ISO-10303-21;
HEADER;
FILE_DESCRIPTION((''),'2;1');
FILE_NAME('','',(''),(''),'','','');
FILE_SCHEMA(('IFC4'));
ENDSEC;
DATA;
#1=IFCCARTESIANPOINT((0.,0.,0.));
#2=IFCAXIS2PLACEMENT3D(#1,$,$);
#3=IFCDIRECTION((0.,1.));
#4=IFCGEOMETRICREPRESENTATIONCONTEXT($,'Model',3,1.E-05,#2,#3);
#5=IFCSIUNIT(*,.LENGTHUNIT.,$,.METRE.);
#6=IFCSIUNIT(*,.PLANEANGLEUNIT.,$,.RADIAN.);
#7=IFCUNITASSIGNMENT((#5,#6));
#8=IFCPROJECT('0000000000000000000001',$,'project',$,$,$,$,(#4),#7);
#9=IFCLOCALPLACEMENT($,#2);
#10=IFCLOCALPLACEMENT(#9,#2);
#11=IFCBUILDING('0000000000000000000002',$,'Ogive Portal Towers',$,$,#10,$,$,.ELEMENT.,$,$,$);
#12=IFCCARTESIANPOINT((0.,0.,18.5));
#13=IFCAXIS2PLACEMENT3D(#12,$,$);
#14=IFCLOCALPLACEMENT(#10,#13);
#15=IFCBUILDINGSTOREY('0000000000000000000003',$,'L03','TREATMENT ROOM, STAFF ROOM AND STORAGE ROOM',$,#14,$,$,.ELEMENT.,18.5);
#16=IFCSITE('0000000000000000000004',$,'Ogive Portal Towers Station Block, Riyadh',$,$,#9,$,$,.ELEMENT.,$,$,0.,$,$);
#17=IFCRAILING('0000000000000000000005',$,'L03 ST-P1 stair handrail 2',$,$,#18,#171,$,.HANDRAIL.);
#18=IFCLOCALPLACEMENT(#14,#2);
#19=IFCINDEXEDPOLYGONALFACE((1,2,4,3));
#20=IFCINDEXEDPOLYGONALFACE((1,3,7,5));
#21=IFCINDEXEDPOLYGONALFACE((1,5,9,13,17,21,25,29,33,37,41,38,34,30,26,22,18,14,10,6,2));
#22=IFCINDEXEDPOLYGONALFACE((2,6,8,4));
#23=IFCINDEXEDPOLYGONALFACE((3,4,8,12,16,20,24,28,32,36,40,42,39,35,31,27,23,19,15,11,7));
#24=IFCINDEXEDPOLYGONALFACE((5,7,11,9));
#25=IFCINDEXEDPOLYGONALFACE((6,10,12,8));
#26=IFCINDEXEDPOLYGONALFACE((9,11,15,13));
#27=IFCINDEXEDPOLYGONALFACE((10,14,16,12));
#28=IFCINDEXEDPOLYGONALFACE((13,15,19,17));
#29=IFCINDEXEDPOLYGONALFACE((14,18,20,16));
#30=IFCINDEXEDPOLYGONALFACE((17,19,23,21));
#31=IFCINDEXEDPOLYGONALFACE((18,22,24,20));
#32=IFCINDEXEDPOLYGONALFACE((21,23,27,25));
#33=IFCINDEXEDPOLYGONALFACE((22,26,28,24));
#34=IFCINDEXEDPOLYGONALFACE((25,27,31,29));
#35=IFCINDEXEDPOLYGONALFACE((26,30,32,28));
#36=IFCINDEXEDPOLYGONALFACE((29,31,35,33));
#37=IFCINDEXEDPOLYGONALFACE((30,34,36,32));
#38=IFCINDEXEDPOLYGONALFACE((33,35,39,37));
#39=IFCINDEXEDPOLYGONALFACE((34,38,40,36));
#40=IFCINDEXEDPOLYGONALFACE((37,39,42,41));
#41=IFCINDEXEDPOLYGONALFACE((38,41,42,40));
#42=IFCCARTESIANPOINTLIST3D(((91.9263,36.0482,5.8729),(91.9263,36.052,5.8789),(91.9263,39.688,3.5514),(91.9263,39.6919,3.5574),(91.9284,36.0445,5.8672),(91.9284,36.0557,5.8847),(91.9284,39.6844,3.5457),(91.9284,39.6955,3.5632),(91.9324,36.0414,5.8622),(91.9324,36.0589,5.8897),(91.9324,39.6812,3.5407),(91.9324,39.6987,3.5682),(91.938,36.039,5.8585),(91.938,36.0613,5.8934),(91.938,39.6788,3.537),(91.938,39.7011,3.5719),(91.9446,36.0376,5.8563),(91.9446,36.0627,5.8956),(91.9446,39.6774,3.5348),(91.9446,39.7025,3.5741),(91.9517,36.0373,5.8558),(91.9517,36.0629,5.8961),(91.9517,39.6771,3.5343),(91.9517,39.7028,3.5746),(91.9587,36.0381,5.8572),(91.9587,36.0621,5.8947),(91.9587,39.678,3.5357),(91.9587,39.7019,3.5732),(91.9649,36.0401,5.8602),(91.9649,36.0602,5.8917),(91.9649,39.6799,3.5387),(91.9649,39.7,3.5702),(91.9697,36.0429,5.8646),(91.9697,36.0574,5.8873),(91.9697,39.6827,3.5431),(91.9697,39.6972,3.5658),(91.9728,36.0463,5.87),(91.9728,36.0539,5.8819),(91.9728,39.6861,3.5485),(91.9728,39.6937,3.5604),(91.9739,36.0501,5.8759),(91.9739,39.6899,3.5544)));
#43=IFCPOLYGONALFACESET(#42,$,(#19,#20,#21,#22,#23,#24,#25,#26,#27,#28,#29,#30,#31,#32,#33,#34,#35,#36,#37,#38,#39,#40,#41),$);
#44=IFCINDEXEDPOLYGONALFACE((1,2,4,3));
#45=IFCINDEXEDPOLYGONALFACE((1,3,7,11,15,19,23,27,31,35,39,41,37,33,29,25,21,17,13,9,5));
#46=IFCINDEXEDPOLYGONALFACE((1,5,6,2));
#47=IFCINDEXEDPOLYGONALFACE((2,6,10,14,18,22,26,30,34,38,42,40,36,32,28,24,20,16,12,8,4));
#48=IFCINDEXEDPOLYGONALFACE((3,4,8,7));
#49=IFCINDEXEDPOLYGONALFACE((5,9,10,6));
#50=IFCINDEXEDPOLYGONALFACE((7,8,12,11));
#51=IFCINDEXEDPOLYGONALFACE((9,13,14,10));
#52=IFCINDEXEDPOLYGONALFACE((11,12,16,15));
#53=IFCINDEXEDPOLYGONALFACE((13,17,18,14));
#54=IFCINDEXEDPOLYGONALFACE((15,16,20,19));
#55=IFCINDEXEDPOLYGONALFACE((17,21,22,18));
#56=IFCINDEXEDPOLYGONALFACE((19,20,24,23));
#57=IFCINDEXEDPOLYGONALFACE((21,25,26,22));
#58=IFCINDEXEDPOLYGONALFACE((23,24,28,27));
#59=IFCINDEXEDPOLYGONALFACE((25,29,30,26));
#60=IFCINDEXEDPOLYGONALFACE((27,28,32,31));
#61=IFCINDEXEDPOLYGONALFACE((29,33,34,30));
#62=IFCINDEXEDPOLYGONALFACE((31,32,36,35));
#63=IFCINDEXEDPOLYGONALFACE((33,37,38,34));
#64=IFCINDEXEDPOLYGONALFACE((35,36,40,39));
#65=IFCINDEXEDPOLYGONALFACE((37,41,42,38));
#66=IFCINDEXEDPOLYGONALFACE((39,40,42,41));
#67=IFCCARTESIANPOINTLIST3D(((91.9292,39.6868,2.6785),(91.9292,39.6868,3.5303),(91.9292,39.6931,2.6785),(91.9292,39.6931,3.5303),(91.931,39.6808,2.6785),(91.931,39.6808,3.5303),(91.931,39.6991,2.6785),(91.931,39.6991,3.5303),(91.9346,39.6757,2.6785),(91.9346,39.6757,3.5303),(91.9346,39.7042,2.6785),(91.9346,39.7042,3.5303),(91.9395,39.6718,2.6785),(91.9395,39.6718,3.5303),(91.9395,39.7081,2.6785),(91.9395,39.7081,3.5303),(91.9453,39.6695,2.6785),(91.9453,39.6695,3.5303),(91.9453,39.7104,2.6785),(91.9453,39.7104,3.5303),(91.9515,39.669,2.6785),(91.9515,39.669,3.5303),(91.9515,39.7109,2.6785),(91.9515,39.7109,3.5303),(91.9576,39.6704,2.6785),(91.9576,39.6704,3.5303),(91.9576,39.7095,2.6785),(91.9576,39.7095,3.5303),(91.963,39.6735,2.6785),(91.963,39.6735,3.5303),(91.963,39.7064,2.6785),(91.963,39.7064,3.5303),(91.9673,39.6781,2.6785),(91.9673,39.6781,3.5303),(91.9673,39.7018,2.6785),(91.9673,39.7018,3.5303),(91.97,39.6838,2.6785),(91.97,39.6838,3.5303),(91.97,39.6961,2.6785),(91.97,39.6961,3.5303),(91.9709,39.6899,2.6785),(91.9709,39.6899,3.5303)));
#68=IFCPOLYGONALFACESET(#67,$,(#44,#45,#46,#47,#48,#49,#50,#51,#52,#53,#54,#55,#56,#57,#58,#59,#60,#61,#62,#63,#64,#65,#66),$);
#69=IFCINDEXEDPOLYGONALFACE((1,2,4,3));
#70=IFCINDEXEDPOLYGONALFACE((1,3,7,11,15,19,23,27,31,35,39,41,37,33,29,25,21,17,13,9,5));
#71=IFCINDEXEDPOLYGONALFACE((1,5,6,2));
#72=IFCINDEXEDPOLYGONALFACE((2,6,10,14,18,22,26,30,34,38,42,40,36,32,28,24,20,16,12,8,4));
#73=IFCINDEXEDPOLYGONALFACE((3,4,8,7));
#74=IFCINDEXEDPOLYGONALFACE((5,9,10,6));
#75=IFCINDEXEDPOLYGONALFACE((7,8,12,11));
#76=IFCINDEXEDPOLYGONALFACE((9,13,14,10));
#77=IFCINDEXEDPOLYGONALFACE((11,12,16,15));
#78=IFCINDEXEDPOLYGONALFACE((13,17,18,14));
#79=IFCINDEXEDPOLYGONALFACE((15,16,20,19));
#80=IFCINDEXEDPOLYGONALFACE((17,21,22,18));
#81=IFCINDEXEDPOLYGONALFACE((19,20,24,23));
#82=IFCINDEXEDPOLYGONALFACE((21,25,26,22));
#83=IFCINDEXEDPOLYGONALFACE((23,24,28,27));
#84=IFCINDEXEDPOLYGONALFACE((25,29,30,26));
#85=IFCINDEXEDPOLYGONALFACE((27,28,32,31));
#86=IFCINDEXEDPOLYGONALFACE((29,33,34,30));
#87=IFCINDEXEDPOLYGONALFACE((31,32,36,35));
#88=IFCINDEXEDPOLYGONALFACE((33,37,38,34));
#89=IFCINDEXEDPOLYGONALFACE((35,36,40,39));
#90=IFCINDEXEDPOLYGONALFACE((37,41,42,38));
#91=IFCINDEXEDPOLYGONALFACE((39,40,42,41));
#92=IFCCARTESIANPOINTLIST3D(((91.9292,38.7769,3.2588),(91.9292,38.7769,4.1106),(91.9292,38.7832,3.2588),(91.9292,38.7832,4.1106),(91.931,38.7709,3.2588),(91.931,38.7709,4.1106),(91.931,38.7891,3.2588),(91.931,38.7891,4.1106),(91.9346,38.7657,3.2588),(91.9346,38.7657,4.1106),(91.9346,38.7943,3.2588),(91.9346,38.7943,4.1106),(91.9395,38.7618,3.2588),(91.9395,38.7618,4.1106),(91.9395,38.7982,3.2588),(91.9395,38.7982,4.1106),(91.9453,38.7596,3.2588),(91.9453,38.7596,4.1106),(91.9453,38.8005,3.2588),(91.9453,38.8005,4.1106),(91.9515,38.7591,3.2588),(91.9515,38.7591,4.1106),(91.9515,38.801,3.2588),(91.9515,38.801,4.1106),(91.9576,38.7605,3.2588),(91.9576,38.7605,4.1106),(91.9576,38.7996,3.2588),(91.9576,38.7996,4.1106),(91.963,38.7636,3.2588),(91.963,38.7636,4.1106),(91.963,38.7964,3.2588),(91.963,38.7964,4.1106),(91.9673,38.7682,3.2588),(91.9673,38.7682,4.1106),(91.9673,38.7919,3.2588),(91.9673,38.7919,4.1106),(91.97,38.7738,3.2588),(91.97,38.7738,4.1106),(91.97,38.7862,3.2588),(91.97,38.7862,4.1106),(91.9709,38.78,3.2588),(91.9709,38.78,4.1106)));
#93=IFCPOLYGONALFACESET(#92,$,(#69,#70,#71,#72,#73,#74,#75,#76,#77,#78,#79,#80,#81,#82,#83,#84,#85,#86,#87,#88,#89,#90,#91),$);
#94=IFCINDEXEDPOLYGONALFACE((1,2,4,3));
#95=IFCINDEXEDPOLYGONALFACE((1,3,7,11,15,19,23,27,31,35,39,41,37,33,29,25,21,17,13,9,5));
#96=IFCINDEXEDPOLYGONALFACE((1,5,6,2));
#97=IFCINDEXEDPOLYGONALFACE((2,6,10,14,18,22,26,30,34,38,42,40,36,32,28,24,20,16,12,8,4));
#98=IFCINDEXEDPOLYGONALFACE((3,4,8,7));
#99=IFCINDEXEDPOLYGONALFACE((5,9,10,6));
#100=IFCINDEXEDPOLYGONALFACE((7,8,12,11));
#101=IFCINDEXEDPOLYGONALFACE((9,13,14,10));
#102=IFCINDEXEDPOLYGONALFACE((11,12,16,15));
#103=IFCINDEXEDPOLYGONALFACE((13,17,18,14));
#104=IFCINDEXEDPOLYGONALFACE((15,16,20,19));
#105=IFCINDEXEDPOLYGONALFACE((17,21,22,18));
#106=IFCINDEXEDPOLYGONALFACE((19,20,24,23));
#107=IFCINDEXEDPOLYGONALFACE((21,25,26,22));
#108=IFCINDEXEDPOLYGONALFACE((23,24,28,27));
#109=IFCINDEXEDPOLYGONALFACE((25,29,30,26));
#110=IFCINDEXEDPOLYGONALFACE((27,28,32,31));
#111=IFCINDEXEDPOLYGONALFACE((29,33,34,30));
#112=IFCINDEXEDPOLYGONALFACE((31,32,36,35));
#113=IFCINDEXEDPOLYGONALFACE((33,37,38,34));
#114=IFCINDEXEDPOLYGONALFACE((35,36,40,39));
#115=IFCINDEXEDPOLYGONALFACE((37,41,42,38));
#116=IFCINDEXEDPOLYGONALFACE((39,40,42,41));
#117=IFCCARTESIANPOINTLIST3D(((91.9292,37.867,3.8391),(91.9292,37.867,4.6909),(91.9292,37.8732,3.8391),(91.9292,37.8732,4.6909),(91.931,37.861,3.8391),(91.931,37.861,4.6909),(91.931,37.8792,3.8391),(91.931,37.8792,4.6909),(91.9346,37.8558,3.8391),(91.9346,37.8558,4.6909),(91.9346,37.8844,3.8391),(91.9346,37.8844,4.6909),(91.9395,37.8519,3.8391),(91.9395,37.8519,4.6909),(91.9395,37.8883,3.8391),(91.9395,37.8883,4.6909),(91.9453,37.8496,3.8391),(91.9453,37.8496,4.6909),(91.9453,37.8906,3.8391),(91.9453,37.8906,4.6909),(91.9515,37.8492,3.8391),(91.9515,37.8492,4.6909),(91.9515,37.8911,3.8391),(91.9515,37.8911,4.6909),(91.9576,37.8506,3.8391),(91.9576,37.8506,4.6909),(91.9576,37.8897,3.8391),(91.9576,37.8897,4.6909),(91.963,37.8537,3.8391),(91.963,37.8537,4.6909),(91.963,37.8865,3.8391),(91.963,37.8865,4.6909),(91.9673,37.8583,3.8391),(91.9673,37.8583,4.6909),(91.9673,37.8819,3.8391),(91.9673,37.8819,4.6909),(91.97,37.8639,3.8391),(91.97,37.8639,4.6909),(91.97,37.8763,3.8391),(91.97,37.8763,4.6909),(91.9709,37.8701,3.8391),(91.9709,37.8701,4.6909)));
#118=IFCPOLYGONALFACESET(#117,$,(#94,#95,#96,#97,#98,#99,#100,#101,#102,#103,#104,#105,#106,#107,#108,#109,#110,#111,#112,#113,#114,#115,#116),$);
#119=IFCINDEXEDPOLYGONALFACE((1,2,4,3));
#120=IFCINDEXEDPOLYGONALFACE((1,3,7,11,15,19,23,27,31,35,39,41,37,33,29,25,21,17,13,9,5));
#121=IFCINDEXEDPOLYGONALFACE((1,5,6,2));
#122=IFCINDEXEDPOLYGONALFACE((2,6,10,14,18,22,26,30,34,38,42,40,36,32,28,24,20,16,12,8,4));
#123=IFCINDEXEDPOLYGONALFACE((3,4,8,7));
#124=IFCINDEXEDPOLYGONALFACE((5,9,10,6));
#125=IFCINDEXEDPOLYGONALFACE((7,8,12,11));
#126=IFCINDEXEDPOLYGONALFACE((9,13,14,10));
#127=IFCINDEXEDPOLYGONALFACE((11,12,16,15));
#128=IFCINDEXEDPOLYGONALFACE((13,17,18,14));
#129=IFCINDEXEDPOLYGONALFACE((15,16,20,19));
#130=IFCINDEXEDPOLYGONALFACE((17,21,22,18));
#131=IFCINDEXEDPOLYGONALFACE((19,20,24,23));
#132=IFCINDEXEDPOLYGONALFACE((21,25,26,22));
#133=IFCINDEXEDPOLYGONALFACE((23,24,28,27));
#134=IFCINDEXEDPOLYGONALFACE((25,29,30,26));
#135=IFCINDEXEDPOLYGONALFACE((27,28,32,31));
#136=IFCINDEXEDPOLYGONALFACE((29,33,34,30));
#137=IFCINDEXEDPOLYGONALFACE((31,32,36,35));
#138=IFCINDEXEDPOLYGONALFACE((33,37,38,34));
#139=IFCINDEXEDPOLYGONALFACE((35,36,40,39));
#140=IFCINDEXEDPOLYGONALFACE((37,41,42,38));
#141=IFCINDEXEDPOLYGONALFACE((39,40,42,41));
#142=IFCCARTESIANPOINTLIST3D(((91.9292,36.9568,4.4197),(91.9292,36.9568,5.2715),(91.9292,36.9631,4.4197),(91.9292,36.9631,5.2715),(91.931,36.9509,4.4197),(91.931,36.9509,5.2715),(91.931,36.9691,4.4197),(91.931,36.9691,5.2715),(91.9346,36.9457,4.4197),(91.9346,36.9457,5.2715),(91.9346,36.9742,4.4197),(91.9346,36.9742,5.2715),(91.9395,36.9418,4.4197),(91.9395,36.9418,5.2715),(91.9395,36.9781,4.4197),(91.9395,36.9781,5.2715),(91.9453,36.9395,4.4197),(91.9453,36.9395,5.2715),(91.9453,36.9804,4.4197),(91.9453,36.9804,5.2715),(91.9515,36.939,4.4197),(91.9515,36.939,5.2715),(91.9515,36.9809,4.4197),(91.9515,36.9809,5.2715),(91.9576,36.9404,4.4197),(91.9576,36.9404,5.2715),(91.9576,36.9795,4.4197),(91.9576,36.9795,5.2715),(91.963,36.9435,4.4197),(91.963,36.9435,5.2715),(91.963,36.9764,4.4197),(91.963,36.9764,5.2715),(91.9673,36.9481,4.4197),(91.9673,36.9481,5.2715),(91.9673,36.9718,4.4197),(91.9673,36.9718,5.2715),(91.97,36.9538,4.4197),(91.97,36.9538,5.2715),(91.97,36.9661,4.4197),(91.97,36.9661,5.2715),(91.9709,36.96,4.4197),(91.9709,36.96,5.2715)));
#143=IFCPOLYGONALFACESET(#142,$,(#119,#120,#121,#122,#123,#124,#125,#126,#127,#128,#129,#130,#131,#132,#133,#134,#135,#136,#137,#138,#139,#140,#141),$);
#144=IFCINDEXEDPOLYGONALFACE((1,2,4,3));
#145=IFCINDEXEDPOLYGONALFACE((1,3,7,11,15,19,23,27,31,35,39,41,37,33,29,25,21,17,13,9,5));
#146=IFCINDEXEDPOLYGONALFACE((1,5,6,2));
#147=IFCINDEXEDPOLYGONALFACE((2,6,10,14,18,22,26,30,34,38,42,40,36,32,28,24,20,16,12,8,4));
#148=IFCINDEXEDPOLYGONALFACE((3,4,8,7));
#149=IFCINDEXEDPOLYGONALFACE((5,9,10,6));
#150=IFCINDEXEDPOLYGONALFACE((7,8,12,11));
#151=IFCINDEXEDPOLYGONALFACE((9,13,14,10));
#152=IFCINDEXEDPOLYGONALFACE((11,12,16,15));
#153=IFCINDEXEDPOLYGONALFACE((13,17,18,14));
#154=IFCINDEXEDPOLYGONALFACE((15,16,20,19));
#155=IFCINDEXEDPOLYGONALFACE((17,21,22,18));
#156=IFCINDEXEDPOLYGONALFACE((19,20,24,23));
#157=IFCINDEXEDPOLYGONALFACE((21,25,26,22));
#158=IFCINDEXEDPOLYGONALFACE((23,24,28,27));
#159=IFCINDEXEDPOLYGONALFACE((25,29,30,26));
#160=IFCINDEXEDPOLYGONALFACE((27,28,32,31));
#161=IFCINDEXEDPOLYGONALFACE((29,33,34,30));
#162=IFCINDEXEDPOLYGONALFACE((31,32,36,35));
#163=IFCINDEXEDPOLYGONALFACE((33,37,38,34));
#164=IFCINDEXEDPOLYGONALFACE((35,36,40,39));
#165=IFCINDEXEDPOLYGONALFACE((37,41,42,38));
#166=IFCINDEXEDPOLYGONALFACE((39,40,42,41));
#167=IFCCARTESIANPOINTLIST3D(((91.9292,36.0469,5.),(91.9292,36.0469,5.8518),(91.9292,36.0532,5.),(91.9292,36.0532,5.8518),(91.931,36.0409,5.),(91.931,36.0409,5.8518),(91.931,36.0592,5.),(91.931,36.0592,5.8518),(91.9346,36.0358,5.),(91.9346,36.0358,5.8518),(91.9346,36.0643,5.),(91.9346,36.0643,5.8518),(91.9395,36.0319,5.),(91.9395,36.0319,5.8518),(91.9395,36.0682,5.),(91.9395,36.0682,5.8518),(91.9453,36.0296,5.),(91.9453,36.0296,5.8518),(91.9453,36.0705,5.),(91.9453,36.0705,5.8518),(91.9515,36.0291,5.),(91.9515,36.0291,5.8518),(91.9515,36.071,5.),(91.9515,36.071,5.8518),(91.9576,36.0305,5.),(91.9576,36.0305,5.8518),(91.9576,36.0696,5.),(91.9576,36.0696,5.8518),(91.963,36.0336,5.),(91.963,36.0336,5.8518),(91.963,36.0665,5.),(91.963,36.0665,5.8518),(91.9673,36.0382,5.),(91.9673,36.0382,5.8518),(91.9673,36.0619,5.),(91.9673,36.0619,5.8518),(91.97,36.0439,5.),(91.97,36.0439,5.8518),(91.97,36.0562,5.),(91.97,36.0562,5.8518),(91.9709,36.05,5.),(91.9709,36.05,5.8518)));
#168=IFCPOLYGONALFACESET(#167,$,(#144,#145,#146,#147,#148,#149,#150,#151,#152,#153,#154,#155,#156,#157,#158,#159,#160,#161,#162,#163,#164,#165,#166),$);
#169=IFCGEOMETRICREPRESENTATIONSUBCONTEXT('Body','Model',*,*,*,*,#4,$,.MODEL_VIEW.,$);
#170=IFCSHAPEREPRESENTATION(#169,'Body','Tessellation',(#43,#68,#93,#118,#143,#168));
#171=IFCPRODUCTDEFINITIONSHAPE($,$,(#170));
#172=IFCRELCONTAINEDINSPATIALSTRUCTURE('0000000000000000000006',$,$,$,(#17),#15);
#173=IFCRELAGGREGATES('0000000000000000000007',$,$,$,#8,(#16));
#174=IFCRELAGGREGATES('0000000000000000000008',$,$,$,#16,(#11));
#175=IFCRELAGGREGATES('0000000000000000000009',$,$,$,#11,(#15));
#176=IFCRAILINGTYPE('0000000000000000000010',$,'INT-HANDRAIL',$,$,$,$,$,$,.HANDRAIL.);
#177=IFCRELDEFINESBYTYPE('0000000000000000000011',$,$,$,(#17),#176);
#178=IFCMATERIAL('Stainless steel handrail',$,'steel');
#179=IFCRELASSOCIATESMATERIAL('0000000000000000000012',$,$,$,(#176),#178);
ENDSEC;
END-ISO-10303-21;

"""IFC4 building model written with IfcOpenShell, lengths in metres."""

from ifc_helpers import new_model, si_unit, direction, frame, origin, origin_2d, place, context, subcontext, project, spatial, circle, extrude, material, type_object, element, save


model = new_model("IFC4")

# Units and contexts
model_context = context("Model", 3, precision=1e-05, world=origin(), true_north=direction((0.0, 1.0)))
body_context = subcontext(model_context, "Body", "Model", "MODEL_VIEW")
ifc_project = project(units=[si_unit("LENGTHUNIT", "METRE"), si_unit("PLANEANGLEUNIT", "RADIAN")], contexts=[model_context])

# Site, building, storey
site_placement = place(None, origin())
site = spatial("IfcSite", under=ifc_project, at=site_placement, Name="Ogive Portal Towers Station Block, Riyadh", CompositionType="ELEMENT", RefElevation=0.0)
building_placement = place(site_placement, origin())
building = spatial("IfcBuilding", under=site, at=building_placement, Name="Ogive Portal Towers", CompositionType="ELEMENT")
storey_placement = place(building_placement, frame((0.0, 0.0, 18.5)))
storey = spatial("IfcBuildingStorey", under=building, at=storey_placement, Name="L03", Description="TREATMENT ROOM, STAFF ROOM AND STORAGE ROOM", CompositionType="ELEMENT", Elevation=18.5)

# Railing
ifc_material_1 = material(Name="Stainless steel handrail", Category="steel")
railing_type_1 = type_object("IfcRailingType", Name="INT-HANDRAIL", PredefinedType="HANDRAIL", material=ifc_material_1)
railing_1_placement = place(storey_placement, frame((91.95, 39.6899, 2.6785)))
element("IfcRailing", 1, at=railing_1_placement, inside=storey, type_object=railing_type_1, Name="L03 ST-P1 stair handrail 2", PredefinedType="HANDRAIL", context=body_context, shape_type="SweptSolid", body=[
    extrude(circle(Radius=0.0239, at=origin_2d()), frame((0.0, 0.0, 0.876), z_axis=(0.0, -0.843112, 0.537739), x_axis=(1.0, 0.0, 0.0)), (0.0, 0.0, 1.0), 4.3171),
    extrude(circle(Radius=0.021, at=origin_2d()), origin(), (0.0, 0.0, 1.0), 0.8518),
    extrude(circle(Radius=0.021, at=origin_2d()), frame((0.0, -0.9099, 0.5803)), (0.0, 0.0, 1.0), 0.8518),
    extrude(circle(Radius=0.021, at=origin_2d()), frame((0.0, -1.8198, 1.1606)), (0.0, 0.0, 1.0), 0.8518),
    extrude(circle(Radius=0.021, at=origin_2d()), frame((0.0, -2.73, 1.7412)), (0.0, 0.0, 1.0), 0.8518),
    extrude(circle(Radius=0.021, at=origin_2d()), frame((0.0, -3.6399, 2.3215)), (0.0, 0.0, 1.0), 0.8518),
])

save(model, "model.ifc")
